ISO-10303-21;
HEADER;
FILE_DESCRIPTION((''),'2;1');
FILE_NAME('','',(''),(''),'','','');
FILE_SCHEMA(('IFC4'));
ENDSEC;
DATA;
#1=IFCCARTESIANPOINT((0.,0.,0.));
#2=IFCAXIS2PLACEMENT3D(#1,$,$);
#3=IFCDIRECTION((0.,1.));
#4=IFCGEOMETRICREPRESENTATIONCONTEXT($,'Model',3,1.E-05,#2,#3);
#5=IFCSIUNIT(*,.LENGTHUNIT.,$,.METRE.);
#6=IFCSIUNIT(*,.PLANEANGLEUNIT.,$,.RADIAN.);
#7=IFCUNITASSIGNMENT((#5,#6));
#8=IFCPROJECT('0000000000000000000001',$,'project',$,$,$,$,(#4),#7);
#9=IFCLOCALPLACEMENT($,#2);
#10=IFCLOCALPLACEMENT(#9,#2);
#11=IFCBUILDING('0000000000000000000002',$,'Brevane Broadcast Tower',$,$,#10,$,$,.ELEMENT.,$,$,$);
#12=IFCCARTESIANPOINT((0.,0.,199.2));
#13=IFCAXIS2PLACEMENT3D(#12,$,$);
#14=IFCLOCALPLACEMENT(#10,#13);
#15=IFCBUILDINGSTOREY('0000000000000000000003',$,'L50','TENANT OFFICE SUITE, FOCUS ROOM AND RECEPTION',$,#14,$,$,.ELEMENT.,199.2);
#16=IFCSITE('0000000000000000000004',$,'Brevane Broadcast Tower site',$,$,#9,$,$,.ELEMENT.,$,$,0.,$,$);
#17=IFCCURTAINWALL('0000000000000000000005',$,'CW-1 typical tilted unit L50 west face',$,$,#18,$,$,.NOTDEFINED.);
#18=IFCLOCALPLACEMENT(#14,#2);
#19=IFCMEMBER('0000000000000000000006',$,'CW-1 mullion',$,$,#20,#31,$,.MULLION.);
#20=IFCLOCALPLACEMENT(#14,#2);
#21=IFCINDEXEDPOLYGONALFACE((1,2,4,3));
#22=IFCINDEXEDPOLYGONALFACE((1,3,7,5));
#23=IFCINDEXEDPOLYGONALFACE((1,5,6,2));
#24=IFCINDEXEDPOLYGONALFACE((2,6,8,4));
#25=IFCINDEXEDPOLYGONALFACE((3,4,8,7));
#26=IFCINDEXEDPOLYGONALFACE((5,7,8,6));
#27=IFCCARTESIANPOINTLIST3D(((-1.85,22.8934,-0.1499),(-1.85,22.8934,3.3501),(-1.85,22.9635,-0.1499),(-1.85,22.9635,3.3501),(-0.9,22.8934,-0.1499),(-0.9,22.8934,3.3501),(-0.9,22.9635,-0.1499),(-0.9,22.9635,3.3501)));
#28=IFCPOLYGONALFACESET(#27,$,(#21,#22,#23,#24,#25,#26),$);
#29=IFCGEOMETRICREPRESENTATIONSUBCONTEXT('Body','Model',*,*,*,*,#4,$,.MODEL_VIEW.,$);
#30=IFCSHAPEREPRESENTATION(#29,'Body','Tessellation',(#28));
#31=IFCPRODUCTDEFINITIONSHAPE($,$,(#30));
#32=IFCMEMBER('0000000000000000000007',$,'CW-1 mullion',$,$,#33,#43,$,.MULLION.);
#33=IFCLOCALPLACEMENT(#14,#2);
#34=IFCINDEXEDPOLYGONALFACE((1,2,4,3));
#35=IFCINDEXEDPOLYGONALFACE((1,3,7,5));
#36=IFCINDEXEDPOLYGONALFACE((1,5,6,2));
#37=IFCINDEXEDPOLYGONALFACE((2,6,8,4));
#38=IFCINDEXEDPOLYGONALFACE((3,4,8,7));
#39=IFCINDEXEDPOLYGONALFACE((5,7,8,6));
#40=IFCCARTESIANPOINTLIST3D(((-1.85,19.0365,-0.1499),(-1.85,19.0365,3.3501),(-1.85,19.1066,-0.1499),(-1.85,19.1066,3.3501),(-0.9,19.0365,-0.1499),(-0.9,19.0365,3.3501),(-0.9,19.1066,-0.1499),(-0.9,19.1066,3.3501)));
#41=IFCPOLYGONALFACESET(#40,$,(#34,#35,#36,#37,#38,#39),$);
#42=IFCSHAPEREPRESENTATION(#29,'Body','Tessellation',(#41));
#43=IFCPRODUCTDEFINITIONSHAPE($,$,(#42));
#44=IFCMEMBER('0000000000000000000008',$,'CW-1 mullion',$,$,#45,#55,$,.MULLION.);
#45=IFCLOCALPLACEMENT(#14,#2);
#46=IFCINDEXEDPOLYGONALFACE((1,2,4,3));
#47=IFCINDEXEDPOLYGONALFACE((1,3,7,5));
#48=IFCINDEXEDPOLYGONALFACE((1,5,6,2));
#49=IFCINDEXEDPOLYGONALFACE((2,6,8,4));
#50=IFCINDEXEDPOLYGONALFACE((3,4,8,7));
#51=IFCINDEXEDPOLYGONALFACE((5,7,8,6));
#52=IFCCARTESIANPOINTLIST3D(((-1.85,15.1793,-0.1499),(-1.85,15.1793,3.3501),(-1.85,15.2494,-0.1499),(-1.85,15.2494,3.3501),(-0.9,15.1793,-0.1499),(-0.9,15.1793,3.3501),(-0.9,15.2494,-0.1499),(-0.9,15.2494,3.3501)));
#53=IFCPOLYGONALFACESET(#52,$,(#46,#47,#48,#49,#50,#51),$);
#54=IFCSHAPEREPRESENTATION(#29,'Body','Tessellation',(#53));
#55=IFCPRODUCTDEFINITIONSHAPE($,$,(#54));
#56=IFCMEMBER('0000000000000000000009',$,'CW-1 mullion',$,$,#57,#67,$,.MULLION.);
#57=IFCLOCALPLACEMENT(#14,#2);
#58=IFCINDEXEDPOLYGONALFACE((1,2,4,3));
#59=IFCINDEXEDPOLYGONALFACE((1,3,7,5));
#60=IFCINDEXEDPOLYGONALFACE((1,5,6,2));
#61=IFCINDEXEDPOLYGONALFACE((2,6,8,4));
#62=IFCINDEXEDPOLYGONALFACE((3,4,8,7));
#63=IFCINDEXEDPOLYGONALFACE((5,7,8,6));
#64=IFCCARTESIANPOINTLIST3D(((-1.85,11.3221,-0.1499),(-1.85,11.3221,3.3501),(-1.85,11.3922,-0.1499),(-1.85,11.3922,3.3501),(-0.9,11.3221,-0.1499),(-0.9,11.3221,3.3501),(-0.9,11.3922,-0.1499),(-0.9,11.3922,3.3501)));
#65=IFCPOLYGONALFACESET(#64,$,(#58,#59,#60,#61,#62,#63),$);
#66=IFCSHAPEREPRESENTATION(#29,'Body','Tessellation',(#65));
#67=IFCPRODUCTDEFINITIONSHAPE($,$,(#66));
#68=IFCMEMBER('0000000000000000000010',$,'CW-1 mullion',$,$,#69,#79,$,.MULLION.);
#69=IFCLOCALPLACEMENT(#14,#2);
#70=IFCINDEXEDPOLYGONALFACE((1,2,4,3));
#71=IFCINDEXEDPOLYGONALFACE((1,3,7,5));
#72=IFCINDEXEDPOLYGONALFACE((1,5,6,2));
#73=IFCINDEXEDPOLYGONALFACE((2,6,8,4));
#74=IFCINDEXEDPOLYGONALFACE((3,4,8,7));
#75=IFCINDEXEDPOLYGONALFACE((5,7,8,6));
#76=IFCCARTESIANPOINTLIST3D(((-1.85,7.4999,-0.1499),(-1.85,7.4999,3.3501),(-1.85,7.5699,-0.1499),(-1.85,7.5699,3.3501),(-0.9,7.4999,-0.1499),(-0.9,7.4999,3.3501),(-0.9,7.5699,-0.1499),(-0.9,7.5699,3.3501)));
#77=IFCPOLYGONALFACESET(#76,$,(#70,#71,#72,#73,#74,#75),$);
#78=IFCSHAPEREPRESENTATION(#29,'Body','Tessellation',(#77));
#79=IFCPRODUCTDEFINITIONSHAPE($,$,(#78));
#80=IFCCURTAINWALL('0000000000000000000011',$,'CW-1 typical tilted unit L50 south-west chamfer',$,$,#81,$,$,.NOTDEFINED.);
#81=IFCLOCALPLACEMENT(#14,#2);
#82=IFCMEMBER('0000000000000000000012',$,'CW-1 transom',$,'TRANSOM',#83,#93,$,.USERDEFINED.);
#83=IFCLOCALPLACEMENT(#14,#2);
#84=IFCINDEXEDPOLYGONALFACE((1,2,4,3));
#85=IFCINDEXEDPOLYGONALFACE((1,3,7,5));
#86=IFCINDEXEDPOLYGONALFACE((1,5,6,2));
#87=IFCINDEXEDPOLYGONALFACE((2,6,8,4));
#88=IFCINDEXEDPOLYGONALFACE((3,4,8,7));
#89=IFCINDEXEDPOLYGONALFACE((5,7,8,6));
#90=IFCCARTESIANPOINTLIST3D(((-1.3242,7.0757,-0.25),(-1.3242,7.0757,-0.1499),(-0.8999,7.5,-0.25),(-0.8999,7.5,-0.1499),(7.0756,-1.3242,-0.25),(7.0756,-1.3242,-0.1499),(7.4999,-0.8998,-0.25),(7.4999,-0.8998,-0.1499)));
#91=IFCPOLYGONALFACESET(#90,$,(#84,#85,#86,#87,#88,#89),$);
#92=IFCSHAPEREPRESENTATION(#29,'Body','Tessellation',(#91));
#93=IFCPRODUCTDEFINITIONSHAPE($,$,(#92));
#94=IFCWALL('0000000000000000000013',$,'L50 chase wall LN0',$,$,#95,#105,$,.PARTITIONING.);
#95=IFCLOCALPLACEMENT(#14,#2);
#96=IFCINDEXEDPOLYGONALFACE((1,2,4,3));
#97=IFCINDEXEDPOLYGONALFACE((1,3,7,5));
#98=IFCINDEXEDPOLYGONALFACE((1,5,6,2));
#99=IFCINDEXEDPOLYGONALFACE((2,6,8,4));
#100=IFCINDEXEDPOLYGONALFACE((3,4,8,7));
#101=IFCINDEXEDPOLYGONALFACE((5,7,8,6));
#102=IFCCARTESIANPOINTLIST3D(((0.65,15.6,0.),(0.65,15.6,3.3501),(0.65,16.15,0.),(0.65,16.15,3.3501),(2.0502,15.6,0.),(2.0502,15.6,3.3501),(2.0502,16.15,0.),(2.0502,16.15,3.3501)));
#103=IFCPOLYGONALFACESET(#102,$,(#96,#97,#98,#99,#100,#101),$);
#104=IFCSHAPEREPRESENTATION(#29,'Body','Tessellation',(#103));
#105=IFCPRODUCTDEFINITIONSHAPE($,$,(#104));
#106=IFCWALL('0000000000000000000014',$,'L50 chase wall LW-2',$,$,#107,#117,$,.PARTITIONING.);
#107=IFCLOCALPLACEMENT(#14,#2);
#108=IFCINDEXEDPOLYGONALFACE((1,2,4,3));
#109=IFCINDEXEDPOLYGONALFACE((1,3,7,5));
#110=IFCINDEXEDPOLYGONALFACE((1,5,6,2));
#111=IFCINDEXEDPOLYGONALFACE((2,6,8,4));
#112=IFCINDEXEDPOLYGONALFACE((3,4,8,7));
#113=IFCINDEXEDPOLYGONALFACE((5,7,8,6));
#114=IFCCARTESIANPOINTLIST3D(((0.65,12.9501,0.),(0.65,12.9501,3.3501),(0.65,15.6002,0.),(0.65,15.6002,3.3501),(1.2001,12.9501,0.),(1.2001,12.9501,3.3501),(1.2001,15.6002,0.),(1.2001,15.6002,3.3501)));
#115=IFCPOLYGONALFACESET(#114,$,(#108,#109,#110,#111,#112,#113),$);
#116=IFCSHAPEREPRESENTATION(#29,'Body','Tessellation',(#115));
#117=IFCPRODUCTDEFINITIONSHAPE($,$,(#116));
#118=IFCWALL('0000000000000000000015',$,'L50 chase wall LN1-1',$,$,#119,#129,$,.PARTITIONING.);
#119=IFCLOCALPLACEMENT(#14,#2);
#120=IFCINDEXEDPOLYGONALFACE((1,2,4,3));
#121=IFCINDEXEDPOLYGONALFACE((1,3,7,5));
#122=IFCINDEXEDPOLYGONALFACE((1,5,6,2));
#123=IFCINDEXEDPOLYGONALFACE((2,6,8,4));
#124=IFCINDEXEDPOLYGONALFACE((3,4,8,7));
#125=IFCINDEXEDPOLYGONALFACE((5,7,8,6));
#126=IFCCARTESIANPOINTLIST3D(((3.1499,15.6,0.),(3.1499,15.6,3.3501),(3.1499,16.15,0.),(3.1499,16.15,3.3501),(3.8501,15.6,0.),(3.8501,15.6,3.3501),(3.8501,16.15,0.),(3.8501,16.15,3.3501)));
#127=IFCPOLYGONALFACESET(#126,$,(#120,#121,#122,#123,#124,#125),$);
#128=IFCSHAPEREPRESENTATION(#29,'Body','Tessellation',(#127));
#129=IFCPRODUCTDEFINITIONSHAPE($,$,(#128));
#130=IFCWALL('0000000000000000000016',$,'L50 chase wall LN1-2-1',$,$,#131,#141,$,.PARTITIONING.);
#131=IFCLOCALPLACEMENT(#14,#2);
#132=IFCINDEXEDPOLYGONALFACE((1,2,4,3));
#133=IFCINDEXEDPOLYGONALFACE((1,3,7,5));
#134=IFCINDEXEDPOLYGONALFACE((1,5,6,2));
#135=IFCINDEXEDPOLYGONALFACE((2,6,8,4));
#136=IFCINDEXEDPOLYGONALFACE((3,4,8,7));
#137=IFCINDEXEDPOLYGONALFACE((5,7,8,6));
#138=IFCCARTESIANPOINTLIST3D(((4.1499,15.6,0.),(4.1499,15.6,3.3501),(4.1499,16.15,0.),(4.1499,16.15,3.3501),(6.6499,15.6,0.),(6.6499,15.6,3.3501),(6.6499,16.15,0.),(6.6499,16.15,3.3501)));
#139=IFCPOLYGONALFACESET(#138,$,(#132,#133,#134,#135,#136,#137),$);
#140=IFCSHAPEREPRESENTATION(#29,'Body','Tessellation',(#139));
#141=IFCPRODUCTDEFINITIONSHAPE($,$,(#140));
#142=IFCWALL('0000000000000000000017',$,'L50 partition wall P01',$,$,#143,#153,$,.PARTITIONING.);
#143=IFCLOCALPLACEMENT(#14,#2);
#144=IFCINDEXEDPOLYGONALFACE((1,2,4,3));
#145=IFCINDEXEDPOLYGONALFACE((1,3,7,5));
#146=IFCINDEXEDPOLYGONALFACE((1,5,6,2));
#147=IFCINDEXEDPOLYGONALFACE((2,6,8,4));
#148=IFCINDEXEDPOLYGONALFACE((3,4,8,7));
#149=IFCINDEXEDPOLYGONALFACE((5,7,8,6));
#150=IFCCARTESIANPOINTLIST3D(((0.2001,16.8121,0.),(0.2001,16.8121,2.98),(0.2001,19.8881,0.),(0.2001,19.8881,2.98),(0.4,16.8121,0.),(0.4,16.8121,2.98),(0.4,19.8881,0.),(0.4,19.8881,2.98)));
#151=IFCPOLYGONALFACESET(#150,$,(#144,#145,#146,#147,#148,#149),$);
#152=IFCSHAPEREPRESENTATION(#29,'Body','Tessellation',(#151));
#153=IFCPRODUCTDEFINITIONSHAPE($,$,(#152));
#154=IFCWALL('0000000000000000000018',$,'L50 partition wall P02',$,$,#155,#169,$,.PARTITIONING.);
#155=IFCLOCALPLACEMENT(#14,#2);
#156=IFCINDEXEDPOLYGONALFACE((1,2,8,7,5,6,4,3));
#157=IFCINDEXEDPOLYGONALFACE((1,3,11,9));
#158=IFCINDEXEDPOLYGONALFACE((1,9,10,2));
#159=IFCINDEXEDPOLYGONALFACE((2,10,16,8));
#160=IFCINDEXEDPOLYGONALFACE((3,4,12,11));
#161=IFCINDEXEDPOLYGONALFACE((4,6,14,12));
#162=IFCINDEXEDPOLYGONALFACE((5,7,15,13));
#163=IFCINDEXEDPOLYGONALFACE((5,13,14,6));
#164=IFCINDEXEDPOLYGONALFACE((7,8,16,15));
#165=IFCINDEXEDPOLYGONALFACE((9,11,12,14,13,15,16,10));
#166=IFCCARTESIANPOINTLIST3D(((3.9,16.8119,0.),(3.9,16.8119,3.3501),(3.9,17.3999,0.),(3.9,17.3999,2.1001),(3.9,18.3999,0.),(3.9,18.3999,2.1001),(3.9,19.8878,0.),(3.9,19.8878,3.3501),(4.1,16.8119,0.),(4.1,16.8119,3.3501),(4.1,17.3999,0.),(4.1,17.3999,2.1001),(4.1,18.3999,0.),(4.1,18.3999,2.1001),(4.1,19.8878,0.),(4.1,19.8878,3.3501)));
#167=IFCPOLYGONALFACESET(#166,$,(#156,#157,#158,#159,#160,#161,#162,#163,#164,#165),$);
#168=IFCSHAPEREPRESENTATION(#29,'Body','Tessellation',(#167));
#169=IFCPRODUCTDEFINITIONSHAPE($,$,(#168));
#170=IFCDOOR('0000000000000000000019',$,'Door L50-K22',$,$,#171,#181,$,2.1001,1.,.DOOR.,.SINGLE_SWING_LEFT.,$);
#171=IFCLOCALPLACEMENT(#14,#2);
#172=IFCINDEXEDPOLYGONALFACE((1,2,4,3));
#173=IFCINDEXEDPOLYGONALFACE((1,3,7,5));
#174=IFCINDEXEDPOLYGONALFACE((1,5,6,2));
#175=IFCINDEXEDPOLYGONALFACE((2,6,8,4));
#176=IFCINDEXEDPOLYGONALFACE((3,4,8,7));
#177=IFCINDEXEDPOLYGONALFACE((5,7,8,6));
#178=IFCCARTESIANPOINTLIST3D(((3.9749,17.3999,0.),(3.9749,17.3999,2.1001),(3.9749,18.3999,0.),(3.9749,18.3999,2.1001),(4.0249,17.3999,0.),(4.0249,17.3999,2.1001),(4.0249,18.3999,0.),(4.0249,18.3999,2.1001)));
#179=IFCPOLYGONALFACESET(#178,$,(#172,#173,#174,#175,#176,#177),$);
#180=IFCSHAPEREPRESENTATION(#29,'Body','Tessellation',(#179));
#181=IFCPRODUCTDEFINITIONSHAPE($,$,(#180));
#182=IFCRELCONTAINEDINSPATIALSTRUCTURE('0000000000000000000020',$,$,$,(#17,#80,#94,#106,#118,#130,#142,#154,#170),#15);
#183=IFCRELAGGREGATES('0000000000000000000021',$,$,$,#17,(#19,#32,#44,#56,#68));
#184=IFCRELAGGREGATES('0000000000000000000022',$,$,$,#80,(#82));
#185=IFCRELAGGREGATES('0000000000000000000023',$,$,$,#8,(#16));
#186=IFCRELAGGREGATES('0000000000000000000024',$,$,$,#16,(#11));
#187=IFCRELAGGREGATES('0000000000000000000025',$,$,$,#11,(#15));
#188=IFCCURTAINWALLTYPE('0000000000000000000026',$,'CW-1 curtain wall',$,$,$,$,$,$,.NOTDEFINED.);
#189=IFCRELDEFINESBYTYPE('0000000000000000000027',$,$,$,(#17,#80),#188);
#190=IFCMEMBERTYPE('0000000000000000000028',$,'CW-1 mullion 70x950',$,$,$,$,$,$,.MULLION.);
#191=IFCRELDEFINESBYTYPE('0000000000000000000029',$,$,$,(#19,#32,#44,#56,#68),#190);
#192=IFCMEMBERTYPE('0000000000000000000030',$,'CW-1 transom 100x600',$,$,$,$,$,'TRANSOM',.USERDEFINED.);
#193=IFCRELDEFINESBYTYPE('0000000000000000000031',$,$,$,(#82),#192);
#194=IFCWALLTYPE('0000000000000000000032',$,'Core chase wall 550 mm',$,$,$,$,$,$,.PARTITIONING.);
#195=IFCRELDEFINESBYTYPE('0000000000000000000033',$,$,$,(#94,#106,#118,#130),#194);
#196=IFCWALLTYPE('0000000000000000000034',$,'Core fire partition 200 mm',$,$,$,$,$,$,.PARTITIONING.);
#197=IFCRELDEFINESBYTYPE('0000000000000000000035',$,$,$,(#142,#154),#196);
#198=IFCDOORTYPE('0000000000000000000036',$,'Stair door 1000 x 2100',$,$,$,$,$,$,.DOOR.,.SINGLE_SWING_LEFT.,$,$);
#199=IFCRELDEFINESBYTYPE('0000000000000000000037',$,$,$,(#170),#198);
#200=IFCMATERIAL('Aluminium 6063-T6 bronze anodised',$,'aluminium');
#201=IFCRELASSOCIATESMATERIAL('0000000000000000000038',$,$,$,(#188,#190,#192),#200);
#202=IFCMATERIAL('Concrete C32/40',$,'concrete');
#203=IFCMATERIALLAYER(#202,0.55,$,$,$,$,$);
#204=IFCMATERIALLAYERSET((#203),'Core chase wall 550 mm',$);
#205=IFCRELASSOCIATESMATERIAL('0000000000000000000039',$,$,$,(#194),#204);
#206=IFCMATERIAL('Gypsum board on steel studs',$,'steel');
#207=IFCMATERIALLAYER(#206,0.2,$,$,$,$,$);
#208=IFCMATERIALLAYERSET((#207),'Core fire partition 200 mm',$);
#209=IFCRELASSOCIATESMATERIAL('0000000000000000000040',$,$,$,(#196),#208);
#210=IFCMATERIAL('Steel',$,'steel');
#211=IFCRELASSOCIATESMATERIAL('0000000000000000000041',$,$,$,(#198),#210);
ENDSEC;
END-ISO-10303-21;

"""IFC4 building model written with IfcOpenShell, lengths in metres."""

from ifc_helpers import new_model, si_unit, direction, frame, frame_2d, origin, origin_2d, place, context, subcontext, project, spatial, rectangle, extrude, material, layer, layer_set, material_profile, profile_set, type_object, element, fill, aggregate, save


model = new_model("IFC4")

# Units and contexts
model_context = context("Model", 3, precision=1e-05, world=origin(), true_north=direction((0.0, 1.0)))
body_context = subcontext(model_context, "Body", "Model", "MODEL_VIEW")
ifc_project = project(units=[si_unit("LENGTHUNIT", "METRE"), si_unit("PLANEANGLEUNIT", "RADIAN")], contexts=[model_context])

# Site, building, storey
site_placement = place(None, origin())
site = spatial("IfcSite", under=ifc_project, at=site_placement, Name="Brevane Broadcast Tower site", CompositionType="ELEMENT", RefElevation=0.0)
building_placement = place(site_placement, origin())
building = spatial("IfcBuilding", under=site, at=building_placement, Name="Brevane Broadcast Tower", CompositionType="ELEMENT")
storey_placement = place(building_placement, frame((0.0, 0.0, 199.2)))
storey = spatial("IfcBuildingStorey", under=building, at=storey_placement, Name="L50", Description="TENANT OFFICE SUITE, FOCUS ROOM AND RECEPTION", CompositionType="ELEMENT", Elevation=199.2)

# Curtain wall, members
ifc_material_1 = material(Name="Aluminium 6063-T6 bronze anodised", Category="aluminium")
curtain_wall_type = type_object("IfcCurtainWallType", Name="CW-1 curtain wall", PredefinedType="NOTDEFINED", material=ifc_material_1)
curtain_wall_1_placement = place(storey_placement, origin())
curtain_wall_1 = element("IfcCurtainWall", 1, at=curtain_wall_1_placement, inside=storey, type_object=curtain_wall_type, Name="CW-1 typical tilted unit L50 west face", PredefinedType="NOTDEFINED")
ifc_material_profile_1 = material_profile(ifc_material_1, rectangle(XDim=0.95, YDim=0.0701, at=origin_2d()), Name="RECT 70x950")
ifc_profile_set_1 = profile_set([ifc_material_profile_1], Name="Aluminium 6063-T6 bronze anodised")
member_type_1 = type_object("IfcMemberType", Name="CW-1 mullion 70x950", PredefinedType="MULLION", material=ifc_profile_set_1)
member_1_placement = place(storey_placement, frame((-1.375, 22.9285, -0.1499), z_axis=(0.0, 0.0, 1.0), x_axis=(1.0, 0.0, 0.0)))
member_1 = element("IfcMember", 2, at=member_1_placement, type_object=member_type_1, Name="CW-1 mullion", PredefinedType="MULLION", context=body_context, shape_type="SweptSolid", body=[
    extrude(rectangle(XDim=0.95, YDim=0.0701, at=origin_2d()), origin(), (0.0, 0.0, 1.0), 3.5),
])
member_2_placement = place(storey_placement, frame((-1.375, 19.0715, -0.1499), z_axis=(0.0, 0.0, 1.0), x_axis=(1.0, 0.0, 0.0)))
member_2 = element("IfcMember", 3, at=member_2_placement, type_object=member_type_1, Name="CW-1 mullion", PredefinedType="MULLION", context=body_context, shape_type="SweptSolid", body=[
    extrude(rectangle(XDim=0.95, YDim=0.0701, at=origin_2d()), origin(), (0.0, 0.0, 1.0), 3.5),
])
member_3_placement = place(storey_placement, frame((-1.375, 15.2144, -0.1499), z_axis=(0.0, 0.0, 1.0), x_axis=(1.0, 0.0, 0.0)))
member_3 = element("IfcMember", 4, at=member_3_placement, type_object=member_type_1, Name="CW-1 mullion", PredefinedType="MULLION", context=body_context, shape_type="SweptSolid", body=[
    extrude(rectangle(XDim=0.95, YDim=0.0701, at=origin_2d()), origin(), (0.0, 0.0, 1.0), 3.5),
])
member_4_placement = place(storey_placement, frame((-1.375, 11.3572, -0.1499), z_axis=(0.0, 0.0, 1.0), x_axis=(1.0, 0.0, 0.0)))
member_4 = element("IfcMember", 5, at=member_4_placement, type_object=member_type_1, Name="CW-1 mullion", PredefinedType="MULLION", context=body_context, shape_type="SweptSolid", body=[
    extrude(rectangle(XDim=0.95, YDim=0.0701, at=origin_2d()), origin(), (0.0, 0.0, 1.0), 3.5),
])
member_5_placement = place(storey_placement, frame((-1.375, 7.5349, -0.1499), z_axis=(0.0, 0.0, 1.0), x_axis=(1.0, 0.0, 0.0)))
member_5 = element("IfcMember", 6, at=member_5_placement, type_object=member_type_1, Name="CW-1 mullion", PredefinedType="MULLION", context=body_context, shape_type="SweptSolid", body=[
    extrude(rectangle(XDim=0.95, YDim=0.0701, at=origin_2d()), origin(), (0.0, 0.0, 1.0), 3.5),
])
aggregate(curtain_wall_1, [member_1, member_2, member_3, member_4, member_5])

# Curtain wall, member
curtain_wall_2_placement = place(storey_placement, origin())
curtain_wall_2 = element("IfcCurtainWall", 7, at=curtain_wall_2_placement, inside=storey, type_object=curtain_wall_type, Name="CW-1 typical tilted unit L50 south-west chamfer", PredefinedType="NOTDEFINED")
ifc_material_profile_2 = material_profile(ifc_material_1, rectangle(XDim=0.6001, YDim=0.1001, at=origin_2d()), Name="RECT 100x600")
ifc_profile_set_2 = profile_set([ifc_material_profile_2], Name="Aluminium 6063-T6 bronze anodised")
member_type_2 = type_object("IfcMemberType", Name="CW-1 transom 100x600", ElementType="TRANSOM", PredefinedType="USERDEFINED", material=ifc_profile_set_2)
member_6_placement = place(storey_placement, frame((-1.1121, 7.2878, -0.2), z_axis=(0.707107, -0.707107, 0.0), x_axis=(0.707107, 0.707107, 0.0)))
member_6 = element("IfcMember", 8, at=member_6_placement, type_object=member_type_2, Name="CW-1 transom", ObjectType="TRANSOM", PredefinedType="USERDEFINED", context=body_context, shape_type="SweptSolid", body=[
    extrude(rectangle(XDim=0.6001, YDim=0.1001, at=origin_2d()), origin(), (0.0, 0.0, 1.0), 11.8792),
])
aggregate(curtain_wall_2, [member_6])

# Walls
ifc_material_2 = material(Name="Concrete C32/40", Category="concrete")
ifc_layer_1 = layer(ifc_material_2, 0.55)
ifc_layer_set_1 = layer_set([ifc_layer_1], Name="Core chase wall 550 mm")
wall_type_1 = type_object("IfcWallType", Name="Core chase wall 550 mm", PredefinedType="PARTITIONING", material=ifc_layer_set_1)
wall_1_placement = place(storey_placement, frame((0.6499, 15.875, 0.0), z_axis=(0.0, 0.0, 1.0), x_axis=(1.0, 0.0, 0.0)))
element("IfcWall", 9, at=wall_1_placement, inside=storey, type_object=wall_type_1, Name="L50 chase wall LN0", PredefinedType="PARTITIONING", context=body_context, shape_type="SweptSolid", body=[
    extrude(rectangle(XDim=1.4001, YDim=0.55, at=frame_2d((0.7002, 0.0))), origin(), (0.0, 0.0, 1.0), 3.3501),
])
wall_2_placement = place(storey_placement, frame((0.925, 12.95, 0.0), z_axis=(0.0, 0.0, 1.0), x_axis=(0.0, 1.0, 0.0)))
element("IfcWall", 10, at=wall_2_placement, inside=storey, type_object=wall_type_1, Name="L50 chase wall LW-2", PredefinedType="PARTITIONING", context=body_context, shape_type="SweptSolid", body=[
    extrude(rectangle(XDim=2.6501, YDim=0.55, at=frame_2d((1.3252, 0.0))), origin(), (0.0, 0.0, 1.0), 3.3501),
])
wall_3_placement = place(storey_placement, frame((3.1499, 15.875, 0.0), z_axis=(0.0, 0.0, 1.0), x_axis=(1.0, 0.0, 0.0)))
element("IfcWall", 11, at=wall_3_placement, inside=storey, type_object=wall_type_1, Name="L50 chase wall LN1-1", PredefinedType="PARTITIONING", context=body_context, shape_type="SweptSolid", body=[
    extrude(rectangle(XDim=0.7002, YDim=0.55, at=frame_2d((0.3501, 0.0))), origin(), (0.0, 0.0, 1.0), 3.3501),
])
wall_4_placement = place(storey_placement, frame((4.1499, 15.875, 0.0), z_axis=(0.0, 0.0, 1.0), x_axis=(1.0, 0.0, 0.0)))
element("IfcWall", 12, at=wall_4_placement, inside=storey, type_object=wall_type_1, Name="L50 chase wall LN1-2-1", PredefinedType="PARTITIONING", context=body_context, shape_type="SweptSolid", body=[
    extrude(rectangle(XDim=2.5, YDim=0.55, at=frame_2d((1.25, 0.0))), origin(), (0.0, 0.0, 1.0), 3.3501),
])
ifc_material_3 = material(Name="Gypsum board on steel studs", Category="steel")
ifc_layer_2 = layer(ifc_material_3, 0.2)
ifc_layer_set_2 = layer_set([ifc_layer_2], Name="Core fire partition 200 mm")
wall_type_2 = type_object("IfcWallType", Name="Core fire partition 200 mm", PredefinedType="PARTITIONING", material=ifc_layer_set_2)
wall_5_placement = place(storey_placement, frame((0.3, 16.812, 0.0), z_axis=(0.0, 0.0, 1.0), x_axis=(0.0, 1.0, 0.0)))
element("IfcWall", 13, at=wall_5_placement, inside=storey, type_object=wall_type_2, Name="L50 partition wall P01", PredefinedType="PARTITIONING", context=body_context, shape_type="SweptSolid", body=[
    extrude(rectangle(XDim=3.0759, YDim=0.2, at=frame_2d((1.5381, 0.0))), origin(), (0.0, 0.0, 1.0), 2.98),
])

# Wall, opening, door
wall_6_placement = place(storey_placement, frame((4.0, 19.8879, 0.0), z_axis=(0.0, 0.0, 1.0), x_axis=(0.0, -1.0, 0.0)))
wall_6 = element("IfcWall", 14, at=wall_6_placement, inside=storey, type_object=wall_type_2, Name="L50 partition wall P02", PredefinedType="PARTITIONING", context=body_context, shape_type="SweptSolid", body=[
    extrude(rectangle(XDim=3.0759, YDim=0.2, at=frame_2d((1.5381, 0.0))), origin(), (0.0, 0.0, 1.0), 3.3501),
])
opening_1_placement = place(wall_6_placement, frame((1.488, 0.0, 0.0)))
opening_1 = element("IfcOpeningElement", 15, at=opening_1_placement, cuts=wall_6, PredefinedType="OPENING", context=body_context, shape_type="SweptSolid", body=[
    extrude(rectangle(XDim=1.0, YDim=2.1001, at=frame_2d((0.5, 1.05))), frame((0.0, 0.1099, 0.0), z_axis=(0.0, -1.0, 0.0), x_axis=(1.0, 0.0, 0.0)), (0.0, 0.0, 1.0), 0.22),
])
ifc_material_4 = material(Name="Steel", Category="steel")
door_type_1 = type_object("IfcDoorType", Name="Stair door 1000 x 2100", OperationType="SINGLE_SWING_LEFT", PredefinedType="DOOR", material=ifc_material_4)
door_1_placement = place(opening_1_placement, origin())
door_1 = element("IfcDoor", 16, at=door_1_placement, inside=storey, type_object=door_type_1, Name="Door L50-K22", OperationType="SINGLE_SWING_LEFT", OverallHeight=2.1001, OverallWidth=1.0, PredefinedType="DOOR", context=body_context, shape_type="SweptSolid", body=[
    extrude(rectangle(XDim=1.0, YDim=2.1001, at=frame_2d((0.5, 1.05))), frame((0.0, 0.0249, 0.0), z_axis=(0.0, -1.0, 0.0), x_axis=(1.0, 0.0, 0.0)), (0.0, 0.0, 1.0), 0.05),
])
fill(opening_1, door_1)

save(model, "model.ifc")
